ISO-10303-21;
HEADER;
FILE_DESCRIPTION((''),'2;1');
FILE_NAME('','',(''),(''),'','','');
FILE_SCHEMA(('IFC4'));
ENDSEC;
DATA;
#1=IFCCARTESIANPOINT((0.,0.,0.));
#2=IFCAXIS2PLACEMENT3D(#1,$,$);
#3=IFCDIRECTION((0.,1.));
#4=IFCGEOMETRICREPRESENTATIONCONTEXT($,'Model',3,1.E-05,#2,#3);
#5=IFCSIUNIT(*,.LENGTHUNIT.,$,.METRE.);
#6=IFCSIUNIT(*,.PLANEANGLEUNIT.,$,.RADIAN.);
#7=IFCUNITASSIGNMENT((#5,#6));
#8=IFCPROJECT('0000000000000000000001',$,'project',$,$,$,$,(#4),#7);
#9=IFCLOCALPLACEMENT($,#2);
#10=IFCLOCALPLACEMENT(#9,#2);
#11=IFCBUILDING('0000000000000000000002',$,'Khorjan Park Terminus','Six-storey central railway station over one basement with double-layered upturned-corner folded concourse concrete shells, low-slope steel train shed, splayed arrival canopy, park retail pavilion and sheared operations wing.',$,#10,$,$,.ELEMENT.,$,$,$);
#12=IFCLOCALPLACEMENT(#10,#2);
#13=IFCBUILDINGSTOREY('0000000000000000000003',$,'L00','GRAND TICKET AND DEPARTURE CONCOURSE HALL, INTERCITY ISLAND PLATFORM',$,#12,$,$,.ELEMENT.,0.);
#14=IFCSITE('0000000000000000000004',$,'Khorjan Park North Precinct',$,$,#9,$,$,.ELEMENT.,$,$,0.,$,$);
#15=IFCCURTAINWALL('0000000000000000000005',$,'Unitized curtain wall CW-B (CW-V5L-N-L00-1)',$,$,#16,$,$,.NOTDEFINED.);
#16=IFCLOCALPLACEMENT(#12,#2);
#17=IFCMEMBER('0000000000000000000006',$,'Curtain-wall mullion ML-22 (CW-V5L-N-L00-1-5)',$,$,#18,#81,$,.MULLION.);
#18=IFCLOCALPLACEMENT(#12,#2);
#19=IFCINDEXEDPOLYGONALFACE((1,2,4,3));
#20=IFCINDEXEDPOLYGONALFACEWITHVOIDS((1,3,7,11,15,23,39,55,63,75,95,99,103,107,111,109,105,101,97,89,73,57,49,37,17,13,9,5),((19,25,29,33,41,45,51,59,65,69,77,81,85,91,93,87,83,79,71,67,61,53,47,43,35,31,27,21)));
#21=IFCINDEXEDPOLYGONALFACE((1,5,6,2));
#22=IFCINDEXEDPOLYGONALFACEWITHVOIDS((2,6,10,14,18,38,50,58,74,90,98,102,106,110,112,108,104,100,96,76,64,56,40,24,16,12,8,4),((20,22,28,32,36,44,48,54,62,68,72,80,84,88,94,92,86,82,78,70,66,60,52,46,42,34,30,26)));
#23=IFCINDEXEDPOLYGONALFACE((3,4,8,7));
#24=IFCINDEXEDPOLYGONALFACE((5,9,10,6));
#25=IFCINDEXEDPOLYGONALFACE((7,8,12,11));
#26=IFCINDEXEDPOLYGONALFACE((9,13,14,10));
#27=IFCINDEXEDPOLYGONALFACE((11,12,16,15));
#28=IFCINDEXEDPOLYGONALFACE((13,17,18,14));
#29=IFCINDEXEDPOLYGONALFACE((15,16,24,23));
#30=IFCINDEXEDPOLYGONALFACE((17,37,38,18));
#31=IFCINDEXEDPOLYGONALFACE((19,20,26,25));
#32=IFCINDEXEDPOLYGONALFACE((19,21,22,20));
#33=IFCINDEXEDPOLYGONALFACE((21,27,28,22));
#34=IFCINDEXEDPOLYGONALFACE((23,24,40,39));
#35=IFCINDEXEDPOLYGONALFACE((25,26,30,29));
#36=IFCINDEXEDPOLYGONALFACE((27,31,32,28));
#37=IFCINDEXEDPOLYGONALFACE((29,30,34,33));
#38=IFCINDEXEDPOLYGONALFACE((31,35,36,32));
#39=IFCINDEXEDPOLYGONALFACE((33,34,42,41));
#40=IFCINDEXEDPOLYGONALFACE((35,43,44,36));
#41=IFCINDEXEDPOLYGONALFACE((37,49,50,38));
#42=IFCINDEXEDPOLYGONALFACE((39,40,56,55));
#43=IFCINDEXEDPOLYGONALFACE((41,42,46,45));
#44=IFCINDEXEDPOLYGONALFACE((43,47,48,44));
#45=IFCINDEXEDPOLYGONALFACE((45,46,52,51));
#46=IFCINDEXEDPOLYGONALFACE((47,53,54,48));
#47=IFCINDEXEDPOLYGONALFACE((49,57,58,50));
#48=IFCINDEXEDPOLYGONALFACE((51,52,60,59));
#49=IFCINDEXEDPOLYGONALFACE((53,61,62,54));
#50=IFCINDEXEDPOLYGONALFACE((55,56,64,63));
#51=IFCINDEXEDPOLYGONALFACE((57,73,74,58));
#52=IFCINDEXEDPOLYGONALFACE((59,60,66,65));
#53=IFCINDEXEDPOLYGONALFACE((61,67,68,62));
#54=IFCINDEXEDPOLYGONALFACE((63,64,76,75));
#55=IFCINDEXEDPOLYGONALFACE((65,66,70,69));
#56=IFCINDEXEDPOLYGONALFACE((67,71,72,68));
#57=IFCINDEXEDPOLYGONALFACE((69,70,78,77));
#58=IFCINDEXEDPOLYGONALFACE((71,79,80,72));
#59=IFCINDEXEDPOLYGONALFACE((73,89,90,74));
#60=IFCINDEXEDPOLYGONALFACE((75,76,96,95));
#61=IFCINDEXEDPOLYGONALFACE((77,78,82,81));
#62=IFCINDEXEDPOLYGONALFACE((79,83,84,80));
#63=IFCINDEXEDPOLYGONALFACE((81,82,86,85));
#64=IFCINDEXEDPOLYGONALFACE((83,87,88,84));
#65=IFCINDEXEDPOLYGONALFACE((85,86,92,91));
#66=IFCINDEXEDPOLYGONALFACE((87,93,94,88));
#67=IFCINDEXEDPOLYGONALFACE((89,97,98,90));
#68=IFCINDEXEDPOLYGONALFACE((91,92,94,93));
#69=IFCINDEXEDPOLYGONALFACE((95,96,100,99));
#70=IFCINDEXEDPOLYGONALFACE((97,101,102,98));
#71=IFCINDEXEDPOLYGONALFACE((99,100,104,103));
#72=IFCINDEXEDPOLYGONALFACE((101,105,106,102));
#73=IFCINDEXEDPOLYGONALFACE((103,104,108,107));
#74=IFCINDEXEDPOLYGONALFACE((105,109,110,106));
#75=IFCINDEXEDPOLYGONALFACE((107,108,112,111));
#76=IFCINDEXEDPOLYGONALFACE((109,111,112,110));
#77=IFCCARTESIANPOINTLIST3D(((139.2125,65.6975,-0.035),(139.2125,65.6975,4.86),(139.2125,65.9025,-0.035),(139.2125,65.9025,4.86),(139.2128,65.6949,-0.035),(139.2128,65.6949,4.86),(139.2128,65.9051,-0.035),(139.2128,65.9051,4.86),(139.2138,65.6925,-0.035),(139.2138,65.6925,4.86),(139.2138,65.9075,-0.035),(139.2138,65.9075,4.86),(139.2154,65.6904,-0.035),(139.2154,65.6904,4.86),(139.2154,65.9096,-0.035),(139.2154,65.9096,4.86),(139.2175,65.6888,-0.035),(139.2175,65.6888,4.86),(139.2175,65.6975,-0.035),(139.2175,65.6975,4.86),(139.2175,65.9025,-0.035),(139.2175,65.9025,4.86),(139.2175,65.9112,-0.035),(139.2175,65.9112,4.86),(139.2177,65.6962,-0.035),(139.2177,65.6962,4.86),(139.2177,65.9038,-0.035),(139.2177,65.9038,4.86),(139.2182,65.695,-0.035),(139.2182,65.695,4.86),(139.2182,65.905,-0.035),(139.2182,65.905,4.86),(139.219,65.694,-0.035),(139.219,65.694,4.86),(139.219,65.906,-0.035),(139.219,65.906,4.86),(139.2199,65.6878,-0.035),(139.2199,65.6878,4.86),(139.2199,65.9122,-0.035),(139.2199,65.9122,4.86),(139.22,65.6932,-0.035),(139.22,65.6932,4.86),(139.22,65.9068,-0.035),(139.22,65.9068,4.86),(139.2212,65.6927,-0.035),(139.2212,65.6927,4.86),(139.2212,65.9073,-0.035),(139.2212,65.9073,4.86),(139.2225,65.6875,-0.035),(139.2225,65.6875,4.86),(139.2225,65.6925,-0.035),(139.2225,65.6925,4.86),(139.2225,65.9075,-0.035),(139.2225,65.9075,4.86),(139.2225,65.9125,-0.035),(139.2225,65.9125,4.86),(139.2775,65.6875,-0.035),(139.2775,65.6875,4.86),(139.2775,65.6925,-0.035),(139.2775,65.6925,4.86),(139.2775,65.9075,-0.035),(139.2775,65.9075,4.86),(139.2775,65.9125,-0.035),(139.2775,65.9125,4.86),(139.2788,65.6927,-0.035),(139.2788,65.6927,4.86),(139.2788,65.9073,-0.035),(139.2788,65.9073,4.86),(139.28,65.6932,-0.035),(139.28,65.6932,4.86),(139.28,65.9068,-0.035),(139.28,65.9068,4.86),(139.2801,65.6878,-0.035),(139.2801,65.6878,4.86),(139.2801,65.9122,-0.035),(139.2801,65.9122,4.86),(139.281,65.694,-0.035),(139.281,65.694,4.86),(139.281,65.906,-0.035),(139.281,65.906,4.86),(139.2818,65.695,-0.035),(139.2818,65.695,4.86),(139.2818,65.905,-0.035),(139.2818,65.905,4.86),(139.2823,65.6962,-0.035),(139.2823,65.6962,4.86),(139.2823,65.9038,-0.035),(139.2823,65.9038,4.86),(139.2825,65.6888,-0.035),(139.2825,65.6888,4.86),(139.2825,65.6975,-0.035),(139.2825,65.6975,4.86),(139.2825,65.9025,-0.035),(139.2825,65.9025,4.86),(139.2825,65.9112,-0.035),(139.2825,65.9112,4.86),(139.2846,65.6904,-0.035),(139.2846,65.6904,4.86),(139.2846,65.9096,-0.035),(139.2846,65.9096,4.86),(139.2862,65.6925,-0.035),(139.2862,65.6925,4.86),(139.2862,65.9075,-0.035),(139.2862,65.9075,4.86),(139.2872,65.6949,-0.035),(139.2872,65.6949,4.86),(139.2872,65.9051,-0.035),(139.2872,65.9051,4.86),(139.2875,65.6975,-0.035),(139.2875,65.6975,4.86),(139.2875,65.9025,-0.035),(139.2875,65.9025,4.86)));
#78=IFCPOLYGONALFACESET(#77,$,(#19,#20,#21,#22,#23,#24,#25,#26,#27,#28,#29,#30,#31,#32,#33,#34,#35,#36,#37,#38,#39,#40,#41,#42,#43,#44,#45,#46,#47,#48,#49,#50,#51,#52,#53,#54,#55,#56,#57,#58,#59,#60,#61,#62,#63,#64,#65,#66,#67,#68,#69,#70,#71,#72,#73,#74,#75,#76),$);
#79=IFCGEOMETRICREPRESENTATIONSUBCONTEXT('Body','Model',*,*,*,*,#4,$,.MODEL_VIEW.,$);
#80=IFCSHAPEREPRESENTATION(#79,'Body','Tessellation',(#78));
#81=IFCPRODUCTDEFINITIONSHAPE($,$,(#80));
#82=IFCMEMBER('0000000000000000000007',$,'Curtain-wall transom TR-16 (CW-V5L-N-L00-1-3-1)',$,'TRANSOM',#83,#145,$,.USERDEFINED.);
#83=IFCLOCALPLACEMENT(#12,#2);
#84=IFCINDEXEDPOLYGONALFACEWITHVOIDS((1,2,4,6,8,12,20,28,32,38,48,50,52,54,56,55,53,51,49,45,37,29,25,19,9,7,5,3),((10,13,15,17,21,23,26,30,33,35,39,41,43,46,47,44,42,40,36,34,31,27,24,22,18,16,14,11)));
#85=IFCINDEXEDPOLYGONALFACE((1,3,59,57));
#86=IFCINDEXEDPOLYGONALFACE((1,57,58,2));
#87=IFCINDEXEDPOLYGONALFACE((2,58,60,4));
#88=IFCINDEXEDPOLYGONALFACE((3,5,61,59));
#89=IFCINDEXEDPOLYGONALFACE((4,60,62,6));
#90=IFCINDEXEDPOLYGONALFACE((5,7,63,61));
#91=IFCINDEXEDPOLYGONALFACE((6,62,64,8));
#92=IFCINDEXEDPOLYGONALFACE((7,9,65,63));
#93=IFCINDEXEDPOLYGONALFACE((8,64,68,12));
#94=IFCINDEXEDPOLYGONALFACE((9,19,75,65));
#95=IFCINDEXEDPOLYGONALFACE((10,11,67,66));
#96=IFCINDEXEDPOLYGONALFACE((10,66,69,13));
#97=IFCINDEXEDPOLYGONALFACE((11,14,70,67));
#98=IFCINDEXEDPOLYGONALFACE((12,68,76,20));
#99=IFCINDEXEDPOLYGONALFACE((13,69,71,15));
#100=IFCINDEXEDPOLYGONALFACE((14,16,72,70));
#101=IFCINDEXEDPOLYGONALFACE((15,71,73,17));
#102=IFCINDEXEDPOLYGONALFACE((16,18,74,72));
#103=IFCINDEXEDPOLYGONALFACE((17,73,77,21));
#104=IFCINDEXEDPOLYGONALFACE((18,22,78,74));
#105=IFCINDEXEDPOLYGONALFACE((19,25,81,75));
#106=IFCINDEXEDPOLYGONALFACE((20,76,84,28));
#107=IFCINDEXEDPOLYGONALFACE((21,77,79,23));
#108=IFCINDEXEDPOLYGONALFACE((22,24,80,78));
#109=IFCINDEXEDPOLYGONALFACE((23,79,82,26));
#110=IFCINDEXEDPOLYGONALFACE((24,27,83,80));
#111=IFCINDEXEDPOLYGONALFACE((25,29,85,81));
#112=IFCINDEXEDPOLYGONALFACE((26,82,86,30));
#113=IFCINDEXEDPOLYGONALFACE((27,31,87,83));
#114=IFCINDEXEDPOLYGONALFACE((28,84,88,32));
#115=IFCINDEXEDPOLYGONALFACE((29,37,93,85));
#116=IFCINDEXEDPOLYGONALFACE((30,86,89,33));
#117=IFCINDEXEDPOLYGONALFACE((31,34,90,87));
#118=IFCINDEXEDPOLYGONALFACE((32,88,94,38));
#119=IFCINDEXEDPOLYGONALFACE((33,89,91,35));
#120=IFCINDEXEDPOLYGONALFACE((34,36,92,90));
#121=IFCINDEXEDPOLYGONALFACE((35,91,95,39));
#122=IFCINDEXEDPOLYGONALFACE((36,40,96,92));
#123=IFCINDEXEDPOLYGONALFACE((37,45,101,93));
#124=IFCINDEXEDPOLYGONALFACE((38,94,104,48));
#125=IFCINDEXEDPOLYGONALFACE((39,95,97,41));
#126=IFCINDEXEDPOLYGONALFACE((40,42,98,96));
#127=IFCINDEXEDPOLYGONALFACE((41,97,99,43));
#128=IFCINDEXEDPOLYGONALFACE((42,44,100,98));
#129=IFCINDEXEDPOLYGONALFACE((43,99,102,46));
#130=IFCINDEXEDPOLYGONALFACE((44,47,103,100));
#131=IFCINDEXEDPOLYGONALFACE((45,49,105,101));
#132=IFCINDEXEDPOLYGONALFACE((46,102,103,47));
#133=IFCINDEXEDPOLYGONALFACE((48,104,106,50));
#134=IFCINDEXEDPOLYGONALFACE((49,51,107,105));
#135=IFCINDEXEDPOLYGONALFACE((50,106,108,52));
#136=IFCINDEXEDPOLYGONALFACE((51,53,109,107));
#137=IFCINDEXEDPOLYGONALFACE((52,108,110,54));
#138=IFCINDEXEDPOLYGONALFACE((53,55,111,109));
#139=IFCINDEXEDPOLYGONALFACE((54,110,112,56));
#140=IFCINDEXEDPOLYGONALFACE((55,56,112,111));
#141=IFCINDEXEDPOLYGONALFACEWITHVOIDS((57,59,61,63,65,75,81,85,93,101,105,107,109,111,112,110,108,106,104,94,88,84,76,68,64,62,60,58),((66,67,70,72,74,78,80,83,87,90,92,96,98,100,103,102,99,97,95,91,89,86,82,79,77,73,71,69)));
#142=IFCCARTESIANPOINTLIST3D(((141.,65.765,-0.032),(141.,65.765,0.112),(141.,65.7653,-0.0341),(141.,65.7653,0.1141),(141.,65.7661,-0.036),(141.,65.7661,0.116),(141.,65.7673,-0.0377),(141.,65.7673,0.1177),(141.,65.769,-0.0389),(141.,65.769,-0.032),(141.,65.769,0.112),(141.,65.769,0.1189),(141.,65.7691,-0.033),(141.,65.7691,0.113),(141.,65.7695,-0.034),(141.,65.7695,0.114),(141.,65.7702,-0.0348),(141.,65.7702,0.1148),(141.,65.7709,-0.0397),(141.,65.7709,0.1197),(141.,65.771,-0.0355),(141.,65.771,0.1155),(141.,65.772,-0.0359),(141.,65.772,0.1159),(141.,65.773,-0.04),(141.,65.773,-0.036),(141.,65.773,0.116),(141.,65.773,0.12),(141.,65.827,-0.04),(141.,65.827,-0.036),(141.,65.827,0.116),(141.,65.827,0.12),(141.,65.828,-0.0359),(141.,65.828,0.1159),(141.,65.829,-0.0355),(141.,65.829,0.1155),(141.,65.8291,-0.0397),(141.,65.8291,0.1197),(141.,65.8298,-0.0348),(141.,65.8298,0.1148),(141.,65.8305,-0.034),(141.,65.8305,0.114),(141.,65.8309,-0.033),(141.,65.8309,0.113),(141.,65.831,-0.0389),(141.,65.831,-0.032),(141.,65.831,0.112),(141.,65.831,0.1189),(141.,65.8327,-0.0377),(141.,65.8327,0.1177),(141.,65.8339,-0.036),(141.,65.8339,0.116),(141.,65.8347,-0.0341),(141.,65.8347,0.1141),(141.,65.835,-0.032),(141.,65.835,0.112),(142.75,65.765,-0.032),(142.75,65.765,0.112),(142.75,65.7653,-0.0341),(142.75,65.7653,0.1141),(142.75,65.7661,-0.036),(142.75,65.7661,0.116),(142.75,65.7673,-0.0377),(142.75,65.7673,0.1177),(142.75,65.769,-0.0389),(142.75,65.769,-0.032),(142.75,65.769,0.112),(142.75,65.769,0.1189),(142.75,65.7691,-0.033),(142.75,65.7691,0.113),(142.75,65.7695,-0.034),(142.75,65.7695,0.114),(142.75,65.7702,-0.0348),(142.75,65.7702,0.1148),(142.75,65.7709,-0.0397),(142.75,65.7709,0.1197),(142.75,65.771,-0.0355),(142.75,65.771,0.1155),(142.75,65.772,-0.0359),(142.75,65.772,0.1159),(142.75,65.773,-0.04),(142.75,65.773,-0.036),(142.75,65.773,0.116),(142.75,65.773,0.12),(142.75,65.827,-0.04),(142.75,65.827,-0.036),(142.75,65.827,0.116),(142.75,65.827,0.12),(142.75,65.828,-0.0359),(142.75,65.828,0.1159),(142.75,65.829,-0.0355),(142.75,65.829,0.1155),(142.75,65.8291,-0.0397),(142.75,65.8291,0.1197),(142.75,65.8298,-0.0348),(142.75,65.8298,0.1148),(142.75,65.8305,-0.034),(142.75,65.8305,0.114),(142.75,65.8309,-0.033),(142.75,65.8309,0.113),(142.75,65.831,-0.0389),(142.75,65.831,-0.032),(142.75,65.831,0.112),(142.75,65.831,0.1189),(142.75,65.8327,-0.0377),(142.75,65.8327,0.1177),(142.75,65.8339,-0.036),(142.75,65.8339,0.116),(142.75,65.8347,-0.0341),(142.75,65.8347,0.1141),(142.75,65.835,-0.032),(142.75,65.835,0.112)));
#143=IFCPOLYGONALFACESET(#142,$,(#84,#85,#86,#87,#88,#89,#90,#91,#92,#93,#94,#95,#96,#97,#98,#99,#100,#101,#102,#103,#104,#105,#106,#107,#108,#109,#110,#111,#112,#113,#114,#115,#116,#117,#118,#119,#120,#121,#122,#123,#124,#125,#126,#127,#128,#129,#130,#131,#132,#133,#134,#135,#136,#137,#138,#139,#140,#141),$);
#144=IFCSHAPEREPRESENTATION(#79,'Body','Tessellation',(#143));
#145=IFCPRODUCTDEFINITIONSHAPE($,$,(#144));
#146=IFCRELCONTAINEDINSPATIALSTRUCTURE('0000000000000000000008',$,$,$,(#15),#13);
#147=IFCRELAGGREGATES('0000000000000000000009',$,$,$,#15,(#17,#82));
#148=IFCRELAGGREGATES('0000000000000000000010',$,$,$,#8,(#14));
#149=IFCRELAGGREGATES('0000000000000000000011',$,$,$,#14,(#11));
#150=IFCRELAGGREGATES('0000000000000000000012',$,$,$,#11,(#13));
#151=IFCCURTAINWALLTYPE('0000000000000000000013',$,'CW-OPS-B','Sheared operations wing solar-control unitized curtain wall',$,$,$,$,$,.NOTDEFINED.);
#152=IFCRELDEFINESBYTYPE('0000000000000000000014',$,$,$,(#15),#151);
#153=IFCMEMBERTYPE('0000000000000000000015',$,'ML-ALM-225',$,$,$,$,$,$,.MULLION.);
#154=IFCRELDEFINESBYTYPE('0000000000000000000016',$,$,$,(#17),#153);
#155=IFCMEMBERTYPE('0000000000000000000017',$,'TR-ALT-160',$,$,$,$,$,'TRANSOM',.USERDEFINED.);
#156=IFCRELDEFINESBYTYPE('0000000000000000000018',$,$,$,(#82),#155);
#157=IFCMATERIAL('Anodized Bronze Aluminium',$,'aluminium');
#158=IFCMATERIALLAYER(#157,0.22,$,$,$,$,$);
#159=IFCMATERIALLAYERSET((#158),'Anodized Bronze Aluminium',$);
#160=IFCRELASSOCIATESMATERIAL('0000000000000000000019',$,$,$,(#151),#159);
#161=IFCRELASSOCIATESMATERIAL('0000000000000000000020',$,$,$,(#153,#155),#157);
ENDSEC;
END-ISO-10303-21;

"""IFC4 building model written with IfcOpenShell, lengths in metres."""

from ifc_helpers import new_model, si_unit, direction, frame, origin, origin_2d, place, context, subcontext, project, spatial, hollow_rectangle, extrude, material, layer, layer_set, material_profile, profile_set, type_object, element, aggregate, save


model = new_model("IFC4")

# Units and contexts
model_context = context("Model", 3, precision=1e-05, world=origin(), true_north=direction((0.0, 1.0)))
body_context = subcontext(model_context, "Body", "Model", "MODEL_VIEW")
ifc_project = project(units=[si_unit("LENGTHUNIT", "METRE"), si_unit("PLANEANGLEUNIT", "RADIAN")], contexts=[model_context])

# Site, building, storey
site_placement = place(None, origin())
site = spatial("IfcSite", under=ifc_project, at=site_placement, Name="Khorjan Park North Precinct", CompositionType="ELEMENT", RefElevation=0.0)
building_placement = place(site_placement, origin())
building = spatial("IfcBuilding", under=site, at=building_placement, Name="Khorjan Park Terminus", Description="Six-storey central railway station over one basement with double-layered upturned-corner folded concourse concrete shells, low-slope steel train shed, splayed arrival canopy, park retail pavilion and sheared operations wing.", CompositionType="ELEMENT")
storey_placement = place(building_placement, origin())
storey = spatial("IfcBuildingStorey", under=building, at=storey_placement, Name="L00", Description="GRAND TICKET AND DEPARTURE CONCOURSE HALL, INTERCITY ISLAND PLATFORM", CompositionType="ELEMENT", Elevation=0.0)

# Curtain wall, members
ifc_material_1 = material(Name="Anodized Bronze Aluminium", Category="aluminium")
ifc_layer_1 = layer(ifc_material_1, 0.22)
ifc_layer_set_1 = layer_set([ifc_layer_1], Name="Anodized Bronze Aluminium")
curtain_wall_type = type_object("IfcCurtainWallType", Name="CW-OPS-B", Description="Sheared operations wing solar-control unitized curtain wall", PredefinedType="NOTDEFINED", material=ifc_layer_set_1)
curtain_wall_placement = place(storey_placement, origin())
curtain_wall = element("IfcCurtainWall", 1, at=curtain_wall_placement, inside=storey, type_object=curtain_wall_type, Name="Unitized curtain wall CW-B (CW-V5L-N-L00-1)", PredefinedType="NOTDEFINED")
ifc_material_profile_1 = material_profile(ifc_material_1, hollow_rectangle(XDim=0.075, YDim=0.225, WallThickness=0.005, InnerFilletRadius=0.005, OuterFilletRadius=0.01, at=origin_2d()), Name="ALM 75x225x5")
ifc_profile_set_1 = profile_set([ifc_material_profile_1], Name="Anodized Bronze Aluminium")
member_type_1 = type_object("IfcMemberType", Name="ML-ALM-225", PredefinedType="MULLION", material=ifc_profile_set_1)
member_1_placement = place(storey_placement, frame((139.25, 65.8, -0.035), z_axis=(0.0, 0.0, 1.0), x_axis=(-1.0, 0.0, 0.0)))
member_1 = element("IfcMember", 2, at=member_1_placement, type_object=member_type_1, Name="Curtain-wall mullion ML-22 (CW-V5L-N-L00-1-5)", PredefinedType="MULLION", context=body_context, shape_type="SweptSolid", body=[
    extrude(hollow_rectangle(XDim=0.075, YDim=0.225, WallThickness=0.005, InnerFilletRadius=0.005, OuterFilletRadius=0.01, at=origin_2d()), origin(), (0.0, 0.0, 1.0), 4.895),
])
ifc_material_profile_2 = material_profile(ifc_material_1, hollow_rectangle(XDim=0.07, YDim=0.16, WallThickness=0.004, InnerFilletRadius=0.004, OuterFilletRadius=0.008, at=origin_2d()), Name="ALT 70x160x4")
ifc_profile_set_2 = profile_set([ifc_material_profile_2], Name="Anodized Bronze Aluminium")
member_type_2 = type_object("IfcMemberType", Name="TR-ALT-160", ElementType="TRANSOM", PredefinedType="USERDEFINED", material=ifc_profile_set_2)
member_2_placement = place(storey_placement, frame((142.75, 65.8, 0.04), z_axis=(-1.0, 0.0, 0.0), x_axis=(0.0, -1.0, 0.0)))
member_2 = element("IfcMember", 3, at=member_2_placement, type_object=member_type_2, Name="Curtain-wall transom TR-16 (CW-V5L-N-L00-1-3-1)", ObjectType="TRANSOM", PredefinedType="USERDEFINED", context=body_context, shape_type="SweptSolid", body=[
    extrude(hollow_rectangle(XDim=0.07, YDim=0.16, WallThickness=0.004, InnerFilletRadius=0.004, OuterFilletRadius=0.008, at=origin_2d()), origin(), (0.0, 0.0, 1.0), 1.75),
])
aggregate(curtain_wall, [member_1, member_2])

save(model, "model.ifc")
